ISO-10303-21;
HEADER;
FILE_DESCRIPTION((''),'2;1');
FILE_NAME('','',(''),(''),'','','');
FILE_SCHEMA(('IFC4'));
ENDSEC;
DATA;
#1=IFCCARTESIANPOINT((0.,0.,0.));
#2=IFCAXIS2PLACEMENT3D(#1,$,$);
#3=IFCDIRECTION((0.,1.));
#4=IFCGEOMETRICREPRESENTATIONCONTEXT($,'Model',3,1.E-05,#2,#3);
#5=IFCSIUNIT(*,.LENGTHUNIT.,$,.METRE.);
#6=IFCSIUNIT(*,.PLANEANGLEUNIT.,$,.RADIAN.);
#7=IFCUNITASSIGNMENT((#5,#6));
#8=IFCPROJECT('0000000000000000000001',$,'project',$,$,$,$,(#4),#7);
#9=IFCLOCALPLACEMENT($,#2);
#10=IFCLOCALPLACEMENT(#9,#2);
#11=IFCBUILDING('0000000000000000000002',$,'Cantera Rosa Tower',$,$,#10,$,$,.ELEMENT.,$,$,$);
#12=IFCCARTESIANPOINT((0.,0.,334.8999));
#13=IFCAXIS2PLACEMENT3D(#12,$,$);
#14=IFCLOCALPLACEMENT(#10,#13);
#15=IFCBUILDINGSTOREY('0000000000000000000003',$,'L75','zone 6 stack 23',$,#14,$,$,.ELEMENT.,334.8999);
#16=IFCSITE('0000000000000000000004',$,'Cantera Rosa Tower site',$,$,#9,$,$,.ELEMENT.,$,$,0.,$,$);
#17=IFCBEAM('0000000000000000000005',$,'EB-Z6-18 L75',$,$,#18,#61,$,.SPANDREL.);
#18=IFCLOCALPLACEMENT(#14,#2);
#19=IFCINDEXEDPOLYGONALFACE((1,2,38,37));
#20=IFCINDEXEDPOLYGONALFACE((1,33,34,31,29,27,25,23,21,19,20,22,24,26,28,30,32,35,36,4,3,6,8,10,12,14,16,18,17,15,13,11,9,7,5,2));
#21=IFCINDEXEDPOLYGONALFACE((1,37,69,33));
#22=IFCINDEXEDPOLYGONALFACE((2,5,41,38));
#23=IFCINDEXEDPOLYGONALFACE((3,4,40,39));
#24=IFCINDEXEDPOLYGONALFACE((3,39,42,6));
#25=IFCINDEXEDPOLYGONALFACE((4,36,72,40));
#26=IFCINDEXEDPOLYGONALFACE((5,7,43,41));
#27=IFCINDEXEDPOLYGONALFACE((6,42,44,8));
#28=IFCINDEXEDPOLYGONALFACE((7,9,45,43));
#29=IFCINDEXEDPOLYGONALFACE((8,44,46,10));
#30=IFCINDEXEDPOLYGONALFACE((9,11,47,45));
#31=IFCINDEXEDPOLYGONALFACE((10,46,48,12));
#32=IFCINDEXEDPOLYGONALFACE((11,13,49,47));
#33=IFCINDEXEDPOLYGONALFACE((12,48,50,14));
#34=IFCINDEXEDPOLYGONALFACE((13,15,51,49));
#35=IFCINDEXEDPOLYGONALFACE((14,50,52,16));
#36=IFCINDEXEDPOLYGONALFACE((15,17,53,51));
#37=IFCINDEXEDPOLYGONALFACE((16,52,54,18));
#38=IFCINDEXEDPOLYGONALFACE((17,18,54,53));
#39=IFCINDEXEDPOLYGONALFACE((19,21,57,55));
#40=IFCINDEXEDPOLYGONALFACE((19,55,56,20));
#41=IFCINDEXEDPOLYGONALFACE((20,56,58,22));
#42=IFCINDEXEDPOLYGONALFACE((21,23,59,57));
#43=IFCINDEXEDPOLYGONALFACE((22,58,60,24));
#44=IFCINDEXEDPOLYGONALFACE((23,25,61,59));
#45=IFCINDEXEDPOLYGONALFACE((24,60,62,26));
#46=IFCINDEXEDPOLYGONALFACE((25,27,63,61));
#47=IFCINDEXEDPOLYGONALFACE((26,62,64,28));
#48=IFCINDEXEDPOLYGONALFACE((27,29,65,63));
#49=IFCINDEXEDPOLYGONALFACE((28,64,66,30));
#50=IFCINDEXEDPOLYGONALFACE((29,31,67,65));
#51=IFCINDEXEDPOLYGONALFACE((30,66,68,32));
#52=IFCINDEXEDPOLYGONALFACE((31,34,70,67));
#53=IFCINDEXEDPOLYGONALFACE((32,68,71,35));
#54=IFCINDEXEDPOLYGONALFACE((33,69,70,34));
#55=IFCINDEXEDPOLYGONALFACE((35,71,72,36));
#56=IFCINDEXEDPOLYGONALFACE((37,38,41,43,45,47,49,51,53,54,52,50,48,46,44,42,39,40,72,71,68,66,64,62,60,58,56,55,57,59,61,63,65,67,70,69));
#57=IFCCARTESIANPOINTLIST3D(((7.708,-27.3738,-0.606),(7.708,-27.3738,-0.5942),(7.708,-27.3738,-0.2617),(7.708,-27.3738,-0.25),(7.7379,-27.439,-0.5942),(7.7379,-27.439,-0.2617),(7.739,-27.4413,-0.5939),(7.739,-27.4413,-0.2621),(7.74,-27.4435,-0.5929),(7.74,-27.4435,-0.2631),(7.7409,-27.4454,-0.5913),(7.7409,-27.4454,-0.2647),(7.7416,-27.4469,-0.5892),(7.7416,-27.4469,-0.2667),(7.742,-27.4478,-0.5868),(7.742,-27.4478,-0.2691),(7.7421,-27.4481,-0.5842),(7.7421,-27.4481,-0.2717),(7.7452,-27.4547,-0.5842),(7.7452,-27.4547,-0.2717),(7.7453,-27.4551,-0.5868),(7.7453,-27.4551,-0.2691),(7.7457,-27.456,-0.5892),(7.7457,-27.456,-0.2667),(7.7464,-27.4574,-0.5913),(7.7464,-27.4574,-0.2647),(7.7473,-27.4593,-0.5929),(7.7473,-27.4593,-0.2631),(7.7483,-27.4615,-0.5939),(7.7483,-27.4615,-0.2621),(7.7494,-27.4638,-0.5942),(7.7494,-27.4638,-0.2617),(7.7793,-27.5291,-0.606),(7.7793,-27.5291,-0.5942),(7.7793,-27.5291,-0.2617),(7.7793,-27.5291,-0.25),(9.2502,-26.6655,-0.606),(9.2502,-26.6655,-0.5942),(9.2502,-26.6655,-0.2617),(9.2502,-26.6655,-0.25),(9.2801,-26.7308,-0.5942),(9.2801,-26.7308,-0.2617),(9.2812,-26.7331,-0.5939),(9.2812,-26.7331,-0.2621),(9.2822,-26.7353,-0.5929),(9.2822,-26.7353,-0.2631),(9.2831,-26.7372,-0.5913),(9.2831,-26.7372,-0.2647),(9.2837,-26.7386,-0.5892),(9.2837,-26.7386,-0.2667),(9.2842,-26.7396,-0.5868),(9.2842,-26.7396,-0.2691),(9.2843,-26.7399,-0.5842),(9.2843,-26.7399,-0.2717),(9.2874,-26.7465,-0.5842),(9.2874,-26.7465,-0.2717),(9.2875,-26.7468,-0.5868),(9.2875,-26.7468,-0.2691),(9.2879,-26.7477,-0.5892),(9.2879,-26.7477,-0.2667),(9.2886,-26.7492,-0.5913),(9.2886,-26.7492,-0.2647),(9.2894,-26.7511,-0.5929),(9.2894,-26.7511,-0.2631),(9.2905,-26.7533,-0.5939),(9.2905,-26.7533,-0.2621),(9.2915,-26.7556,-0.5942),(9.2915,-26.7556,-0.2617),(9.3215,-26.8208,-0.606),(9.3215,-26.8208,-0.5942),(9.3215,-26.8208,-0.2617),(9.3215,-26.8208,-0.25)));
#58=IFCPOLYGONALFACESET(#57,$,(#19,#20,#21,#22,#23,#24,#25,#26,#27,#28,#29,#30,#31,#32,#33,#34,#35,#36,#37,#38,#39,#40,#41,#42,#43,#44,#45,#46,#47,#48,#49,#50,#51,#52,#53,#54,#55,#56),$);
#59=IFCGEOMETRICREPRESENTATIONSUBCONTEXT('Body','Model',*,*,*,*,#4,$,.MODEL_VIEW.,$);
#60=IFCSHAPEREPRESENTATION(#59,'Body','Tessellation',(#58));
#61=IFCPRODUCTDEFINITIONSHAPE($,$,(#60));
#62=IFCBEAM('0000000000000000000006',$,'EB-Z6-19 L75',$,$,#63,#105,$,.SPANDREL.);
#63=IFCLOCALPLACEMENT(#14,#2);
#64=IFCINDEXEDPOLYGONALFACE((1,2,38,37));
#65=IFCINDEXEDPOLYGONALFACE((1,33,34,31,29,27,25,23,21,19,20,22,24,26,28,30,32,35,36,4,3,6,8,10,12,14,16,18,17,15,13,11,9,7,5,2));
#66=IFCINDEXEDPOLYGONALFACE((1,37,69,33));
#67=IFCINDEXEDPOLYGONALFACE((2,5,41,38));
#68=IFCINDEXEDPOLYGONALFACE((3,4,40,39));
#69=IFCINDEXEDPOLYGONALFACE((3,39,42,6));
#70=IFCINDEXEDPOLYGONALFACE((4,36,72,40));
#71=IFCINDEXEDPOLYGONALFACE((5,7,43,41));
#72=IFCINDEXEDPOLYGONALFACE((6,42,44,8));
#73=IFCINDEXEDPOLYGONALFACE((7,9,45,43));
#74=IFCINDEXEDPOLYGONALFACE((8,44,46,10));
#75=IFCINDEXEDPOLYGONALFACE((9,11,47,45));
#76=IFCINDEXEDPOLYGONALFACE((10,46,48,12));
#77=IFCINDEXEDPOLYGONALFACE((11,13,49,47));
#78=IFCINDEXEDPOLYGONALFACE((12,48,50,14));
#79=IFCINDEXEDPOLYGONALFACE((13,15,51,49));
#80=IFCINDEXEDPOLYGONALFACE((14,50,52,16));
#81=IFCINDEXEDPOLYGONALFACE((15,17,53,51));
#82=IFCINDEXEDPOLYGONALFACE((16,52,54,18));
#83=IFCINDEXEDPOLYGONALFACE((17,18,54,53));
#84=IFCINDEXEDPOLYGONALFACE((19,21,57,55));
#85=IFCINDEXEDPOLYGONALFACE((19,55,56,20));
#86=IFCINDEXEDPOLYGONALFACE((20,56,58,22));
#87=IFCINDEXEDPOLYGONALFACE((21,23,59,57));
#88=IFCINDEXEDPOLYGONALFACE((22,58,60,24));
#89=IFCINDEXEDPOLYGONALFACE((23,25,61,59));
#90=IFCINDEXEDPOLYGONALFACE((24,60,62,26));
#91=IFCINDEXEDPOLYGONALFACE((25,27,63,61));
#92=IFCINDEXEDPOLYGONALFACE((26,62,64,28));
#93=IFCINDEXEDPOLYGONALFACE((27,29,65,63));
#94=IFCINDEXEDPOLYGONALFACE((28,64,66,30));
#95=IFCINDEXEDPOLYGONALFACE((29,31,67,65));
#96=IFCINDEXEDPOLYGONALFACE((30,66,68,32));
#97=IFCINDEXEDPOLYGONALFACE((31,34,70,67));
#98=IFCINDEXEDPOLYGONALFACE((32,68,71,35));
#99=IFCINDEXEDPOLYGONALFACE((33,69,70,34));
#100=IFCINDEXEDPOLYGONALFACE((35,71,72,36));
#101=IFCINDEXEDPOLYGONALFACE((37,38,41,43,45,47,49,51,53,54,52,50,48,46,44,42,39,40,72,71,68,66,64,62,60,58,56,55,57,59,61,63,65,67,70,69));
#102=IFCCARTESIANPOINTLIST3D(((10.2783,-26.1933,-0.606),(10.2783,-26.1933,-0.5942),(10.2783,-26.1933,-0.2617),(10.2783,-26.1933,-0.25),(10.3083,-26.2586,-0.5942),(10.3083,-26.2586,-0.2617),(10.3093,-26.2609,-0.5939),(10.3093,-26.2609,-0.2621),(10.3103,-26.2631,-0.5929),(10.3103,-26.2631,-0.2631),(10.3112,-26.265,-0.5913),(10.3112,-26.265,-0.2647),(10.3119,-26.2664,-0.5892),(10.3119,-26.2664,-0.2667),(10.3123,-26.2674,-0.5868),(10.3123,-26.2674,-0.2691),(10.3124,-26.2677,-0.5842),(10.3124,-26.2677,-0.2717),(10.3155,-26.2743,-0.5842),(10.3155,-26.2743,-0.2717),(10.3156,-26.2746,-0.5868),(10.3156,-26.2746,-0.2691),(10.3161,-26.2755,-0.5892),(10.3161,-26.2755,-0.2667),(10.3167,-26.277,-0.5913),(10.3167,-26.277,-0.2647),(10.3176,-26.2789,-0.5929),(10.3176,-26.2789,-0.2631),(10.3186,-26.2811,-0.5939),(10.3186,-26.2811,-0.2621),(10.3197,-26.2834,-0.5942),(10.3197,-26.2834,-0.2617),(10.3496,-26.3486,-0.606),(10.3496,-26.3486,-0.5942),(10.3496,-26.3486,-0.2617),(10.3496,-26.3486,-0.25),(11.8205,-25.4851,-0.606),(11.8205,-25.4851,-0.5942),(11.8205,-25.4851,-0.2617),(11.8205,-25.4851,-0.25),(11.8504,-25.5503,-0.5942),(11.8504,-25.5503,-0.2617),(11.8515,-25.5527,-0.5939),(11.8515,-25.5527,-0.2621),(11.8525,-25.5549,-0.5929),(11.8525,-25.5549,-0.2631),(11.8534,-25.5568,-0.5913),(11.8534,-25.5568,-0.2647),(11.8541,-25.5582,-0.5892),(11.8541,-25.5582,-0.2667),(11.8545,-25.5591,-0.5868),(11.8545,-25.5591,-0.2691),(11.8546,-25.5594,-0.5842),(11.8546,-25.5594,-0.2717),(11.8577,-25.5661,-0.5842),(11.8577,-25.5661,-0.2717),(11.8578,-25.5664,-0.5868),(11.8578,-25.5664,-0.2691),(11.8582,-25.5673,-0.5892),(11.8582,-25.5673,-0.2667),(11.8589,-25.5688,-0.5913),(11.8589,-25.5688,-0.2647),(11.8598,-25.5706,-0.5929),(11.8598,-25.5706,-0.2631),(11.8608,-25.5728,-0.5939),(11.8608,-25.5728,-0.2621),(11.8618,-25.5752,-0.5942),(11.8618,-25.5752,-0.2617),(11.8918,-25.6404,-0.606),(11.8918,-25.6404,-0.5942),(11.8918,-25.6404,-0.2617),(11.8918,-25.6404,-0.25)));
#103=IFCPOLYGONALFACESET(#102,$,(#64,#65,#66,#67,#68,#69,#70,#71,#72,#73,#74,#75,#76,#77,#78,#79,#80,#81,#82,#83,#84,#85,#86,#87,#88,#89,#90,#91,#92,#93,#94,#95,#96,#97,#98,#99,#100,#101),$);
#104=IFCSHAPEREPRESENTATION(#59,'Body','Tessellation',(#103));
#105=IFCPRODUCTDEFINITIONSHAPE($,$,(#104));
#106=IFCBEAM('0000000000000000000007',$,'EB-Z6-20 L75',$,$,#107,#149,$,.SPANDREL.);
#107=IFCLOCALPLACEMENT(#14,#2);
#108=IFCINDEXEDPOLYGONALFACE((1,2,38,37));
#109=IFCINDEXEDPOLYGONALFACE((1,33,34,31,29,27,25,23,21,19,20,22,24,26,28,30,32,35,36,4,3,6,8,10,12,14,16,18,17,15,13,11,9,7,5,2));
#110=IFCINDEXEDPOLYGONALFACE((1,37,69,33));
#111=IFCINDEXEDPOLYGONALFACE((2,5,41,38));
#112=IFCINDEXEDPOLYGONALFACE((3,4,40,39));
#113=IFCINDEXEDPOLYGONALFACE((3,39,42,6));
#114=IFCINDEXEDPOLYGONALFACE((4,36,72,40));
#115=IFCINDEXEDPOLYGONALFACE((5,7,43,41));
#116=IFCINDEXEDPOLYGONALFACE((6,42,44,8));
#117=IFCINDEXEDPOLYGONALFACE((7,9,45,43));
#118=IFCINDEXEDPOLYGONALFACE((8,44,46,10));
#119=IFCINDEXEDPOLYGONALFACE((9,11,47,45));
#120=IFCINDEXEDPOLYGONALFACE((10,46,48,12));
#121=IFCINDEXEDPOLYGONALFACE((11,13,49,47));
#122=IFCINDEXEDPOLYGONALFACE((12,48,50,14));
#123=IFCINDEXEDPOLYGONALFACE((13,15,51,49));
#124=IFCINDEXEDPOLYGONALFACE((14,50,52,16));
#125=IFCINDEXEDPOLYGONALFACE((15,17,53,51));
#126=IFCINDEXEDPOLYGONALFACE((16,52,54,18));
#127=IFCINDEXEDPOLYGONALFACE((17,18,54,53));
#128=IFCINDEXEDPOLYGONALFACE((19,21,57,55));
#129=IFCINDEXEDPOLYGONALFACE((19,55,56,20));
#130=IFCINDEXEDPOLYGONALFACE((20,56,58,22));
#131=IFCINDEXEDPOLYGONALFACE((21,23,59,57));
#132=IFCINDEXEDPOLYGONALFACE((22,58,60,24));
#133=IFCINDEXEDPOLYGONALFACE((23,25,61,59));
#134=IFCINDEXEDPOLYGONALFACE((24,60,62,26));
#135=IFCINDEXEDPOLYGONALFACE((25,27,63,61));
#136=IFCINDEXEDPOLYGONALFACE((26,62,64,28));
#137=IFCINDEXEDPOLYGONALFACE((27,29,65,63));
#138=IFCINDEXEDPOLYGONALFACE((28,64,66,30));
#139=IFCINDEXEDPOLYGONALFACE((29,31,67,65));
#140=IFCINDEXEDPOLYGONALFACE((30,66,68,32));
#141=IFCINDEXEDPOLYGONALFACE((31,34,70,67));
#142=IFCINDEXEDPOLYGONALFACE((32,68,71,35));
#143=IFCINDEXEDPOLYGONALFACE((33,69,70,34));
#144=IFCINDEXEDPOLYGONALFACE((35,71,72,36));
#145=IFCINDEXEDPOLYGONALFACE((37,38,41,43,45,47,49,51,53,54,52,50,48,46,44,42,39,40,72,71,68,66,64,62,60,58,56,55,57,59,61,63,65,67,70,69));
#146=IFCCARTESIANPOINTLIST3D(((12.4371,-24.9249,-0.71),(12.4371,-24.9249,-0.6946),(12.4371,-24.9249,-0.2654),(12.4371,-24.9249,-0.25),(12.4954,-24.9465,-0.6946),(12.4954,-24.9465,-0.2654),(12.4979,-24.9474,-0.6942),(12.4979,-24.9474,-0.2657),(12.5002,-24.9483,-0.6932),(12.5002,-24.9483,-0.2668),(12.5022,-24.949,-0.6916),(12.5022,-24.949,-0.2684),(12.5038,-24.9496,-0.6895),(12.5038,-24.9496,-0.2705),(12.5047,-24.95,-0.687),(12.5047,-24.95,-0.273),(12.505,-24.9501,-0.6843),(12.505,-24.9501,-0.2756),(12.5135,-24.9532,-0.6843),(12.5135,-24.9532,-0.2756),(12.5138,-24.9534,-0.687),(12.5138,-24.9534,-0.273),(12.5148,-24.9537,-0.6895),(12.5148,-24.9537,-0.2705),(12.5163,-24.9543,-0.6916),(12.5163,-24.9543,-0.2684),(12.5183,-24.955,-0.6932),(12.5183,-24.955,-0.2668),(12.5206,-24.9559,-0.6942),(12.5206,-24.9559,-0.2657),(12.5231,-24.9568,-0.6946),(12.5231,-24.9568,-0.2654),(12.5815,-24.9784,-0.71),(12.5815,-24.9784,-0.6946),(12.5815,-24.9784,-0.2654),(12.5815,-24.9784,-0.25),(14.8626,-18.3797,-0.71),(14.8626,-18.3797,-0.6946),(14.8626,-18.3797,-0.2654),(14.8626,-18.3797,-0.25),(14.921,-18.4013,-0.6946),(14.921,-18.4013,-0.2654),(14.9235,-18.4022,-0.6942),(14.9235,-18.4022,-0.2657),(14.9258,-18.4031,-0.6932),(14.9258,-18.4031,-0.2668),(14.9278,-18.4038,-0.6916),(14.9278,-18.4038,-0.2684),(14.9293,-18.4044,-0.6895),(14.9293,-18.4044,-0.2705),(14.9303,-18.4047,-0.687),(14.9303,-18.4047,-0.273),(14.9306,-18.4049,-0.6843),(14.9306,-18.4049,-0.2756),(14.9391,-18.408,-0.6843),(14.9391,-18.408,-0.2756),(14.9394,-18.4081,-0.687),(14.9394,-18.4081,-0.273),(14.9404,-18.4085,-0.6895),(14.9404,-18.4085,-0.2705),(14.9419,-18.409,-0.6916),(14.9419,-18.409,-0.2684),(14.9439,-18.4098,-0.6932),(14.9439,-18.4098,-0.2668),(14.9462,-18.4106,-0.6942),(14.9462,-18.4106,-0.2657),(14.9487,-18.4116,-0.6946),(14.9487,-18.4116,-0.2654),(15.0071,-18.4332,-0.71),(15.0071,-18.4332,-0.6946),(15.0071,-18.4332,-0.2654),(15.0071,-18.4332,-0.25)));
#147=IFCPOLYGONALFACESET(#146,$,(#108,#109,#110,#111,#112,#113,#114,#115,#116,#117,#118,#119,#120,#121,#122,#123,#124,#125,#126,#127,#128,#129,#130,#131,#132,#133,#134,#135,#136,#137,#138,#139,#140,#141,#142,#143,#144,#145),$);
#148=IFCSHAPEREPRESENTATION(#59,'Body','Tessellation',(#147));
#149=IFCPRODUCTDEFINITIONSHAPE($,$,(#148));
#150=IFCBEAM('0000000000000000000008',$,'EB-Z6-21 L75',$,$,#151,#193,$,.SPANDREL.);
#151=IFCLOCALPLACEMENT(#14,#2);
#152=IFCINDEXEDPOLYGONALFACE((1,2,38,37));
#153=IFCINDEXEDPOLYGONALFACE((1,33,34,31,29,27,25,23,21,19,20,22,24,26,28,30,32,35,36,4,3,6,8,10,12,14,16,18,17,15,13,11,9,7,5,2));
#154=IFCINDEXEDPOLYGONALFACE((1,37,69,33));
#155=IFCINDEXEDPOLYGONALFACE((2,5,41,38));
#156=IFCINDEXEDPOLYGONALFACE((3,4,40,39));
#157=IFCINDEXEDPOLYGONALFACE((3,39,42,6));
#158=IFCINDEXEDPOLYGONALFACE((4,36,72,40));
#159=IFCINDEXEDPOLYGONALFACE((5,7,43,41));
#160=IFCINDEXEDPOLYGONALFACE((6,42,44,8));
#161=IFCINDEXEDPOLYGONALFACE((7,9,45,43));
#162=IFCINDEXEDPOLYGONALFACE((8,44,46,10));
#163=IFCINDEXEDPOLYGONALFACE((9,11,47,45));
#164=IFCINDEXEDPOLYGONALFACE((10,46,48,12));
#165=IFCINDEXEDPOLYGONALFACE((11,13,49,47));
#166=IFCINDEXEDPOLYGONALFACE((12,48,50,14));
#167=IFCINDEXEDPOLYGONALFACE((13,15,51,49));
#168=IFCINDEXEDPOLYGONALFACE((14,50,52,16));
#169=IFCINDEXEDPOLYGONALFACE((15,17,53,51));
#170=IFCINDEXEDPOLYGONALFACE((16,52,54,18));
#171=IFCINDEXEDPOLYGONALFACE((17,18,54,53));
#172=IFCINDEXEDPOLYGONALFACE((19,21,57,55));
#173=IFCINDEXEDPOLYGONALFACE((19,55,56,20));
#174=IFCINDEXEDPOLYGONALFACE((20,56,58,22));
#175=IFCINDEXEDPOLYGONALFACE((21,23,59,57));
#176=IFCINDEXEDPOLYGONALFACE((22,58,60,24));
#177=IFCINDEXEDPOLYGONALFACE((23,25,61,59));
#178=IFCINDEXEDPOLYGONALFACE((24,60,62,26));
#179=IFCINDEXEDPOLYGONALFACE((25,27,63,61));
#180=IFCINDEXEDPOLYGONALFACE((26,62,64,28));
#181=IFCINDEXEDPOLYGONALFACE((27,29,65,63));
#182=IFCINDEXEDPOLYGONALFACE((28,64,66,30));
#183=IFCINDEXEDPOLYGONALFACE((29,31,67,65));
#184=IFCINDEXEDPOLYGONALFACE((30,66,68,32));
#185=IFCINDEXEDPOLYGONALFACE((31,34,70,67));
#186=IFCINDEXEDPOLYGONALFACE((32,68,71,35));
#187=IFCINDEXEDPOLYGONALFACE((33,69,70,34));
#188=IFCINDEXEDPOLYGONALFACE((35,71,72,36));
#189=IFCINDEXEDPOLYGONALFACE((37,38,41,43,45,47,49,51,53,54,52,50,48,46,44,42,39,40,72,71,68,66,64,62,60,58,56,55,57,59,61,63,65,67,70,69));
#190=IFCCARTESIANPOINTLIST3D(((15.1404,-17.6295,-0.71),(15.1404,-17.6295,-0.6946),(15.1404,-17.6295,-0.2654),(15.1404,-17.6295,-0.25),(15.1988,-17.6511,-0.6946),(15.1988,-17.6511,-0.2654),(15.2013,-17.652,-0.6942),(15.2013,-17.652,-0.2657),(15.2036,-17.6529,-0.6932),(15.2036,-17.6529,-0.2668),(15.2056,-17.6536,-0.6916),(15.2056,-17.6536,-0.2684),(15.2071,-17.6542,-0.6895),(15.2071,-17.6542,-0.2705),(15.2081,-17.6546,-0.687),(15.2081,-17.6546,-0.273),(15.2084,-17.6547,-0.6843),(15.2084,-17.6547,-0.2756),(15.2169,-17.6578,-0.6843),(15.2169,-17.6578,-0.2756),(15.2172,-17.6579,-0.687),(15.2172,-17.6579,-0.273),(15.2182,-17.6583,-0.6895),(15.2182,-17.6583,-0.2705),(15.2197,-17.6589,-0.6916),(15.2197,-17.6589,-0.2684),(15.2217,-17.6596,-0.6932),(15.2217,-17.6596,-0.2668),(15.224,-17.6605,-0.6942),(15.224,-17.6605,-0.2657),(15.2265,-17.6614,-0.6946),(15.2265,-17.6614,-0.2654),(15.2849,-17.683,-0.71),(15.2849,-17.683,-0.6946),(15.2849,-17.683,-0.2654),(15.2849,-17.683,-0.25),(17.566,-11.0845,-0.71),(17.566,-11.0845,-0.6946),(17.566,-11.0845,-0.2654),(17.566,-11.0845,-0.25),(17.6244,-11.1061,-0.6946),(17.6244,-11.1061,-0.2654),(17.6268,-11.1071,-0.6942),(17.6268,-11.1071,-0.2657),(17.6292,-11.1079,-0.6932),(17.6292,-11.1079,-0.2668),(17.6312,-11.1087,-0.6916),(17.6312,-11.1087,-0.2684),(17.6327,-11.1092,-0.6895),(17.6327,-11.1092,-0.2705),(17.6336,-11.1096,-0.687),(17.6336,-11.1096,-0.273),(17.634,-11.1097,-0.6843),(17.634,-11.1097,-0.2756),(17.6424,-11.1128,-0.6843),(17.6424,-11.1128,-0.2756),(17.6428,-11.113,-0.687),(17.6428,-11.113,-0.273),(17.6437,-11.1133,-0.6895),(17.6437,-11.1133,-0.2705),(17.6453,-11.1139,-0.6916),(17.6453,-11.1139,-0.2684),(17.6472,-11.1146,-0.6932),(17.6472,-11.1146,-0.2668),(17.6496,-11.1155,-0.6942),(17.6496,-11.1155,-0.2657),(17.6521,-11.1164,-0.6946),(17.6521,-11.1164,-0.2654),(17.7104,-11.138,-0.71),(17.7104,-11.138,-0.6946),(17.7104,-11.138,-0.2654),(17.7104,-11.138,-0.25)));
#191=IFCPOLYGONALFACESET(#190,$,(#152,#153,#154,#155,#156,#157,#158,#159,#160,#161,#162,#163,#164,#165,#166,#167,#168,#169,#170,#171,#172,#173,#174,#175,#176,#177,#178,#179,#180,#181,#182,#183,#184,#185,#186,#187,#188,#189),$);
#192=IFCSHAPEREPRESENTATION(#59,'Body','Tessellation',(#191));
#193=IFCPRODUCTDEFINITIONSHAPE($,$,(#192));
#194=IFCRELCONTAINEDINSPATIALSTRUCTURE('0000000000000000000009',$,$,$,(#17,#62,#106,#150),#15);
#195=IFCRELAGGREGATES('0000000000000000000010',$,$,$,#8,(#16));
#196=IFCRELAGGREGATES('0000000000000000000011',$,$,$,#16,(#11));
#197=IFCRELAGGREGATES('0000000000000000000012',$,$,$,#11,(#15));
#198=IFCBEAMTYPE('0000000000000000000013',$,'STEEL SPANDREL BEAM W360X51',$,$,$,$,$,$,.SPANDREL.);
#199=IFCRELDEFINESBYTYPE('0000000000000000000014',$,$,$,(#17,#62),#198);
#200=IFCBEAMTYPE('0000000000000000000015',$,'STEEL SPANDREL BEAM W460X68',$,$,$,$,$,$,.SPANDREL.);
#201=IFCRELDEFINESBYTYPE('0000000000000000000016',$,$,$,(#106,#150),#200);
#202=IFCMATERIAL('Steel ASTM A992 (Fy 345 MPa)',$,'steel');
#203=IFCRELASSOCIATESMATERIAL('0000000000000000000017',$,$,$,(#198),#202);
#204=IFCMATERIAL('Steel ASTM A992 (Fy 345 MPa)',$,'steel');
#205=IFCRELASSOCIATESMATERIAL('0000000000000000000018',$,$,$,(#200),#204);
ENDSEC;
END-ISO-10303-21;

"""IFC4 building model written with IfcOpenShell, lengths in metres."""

from ifc_helpers import new_model, si_unit, direction, frame, origin, origin_2d, place, context, subcontext, project, spatial, i_section, extrude, material, material_profile, profile_set, type_object, element, save


model = new_model("IFC4")

# Units and contexts
model_context = context("Model", 3, precision=1e-05, world=origin(), true_north=direction((0.0, 1.0)))
body_context = subcontext(model_context, "Body", "Model", "MODEL_VIEW")
ifc_project = project(units=[si_unit("LENGTHUNIT", "METRE"), si_unit("PLANEANGLEUNIT", "RADIAN")], contexts=[model_context])

# Site, building, storey
site_placement = place(None, origin())
site = spatial("IfcSite", under=ifc_project, at=site_placement, Name="Cantera Rosa Tower site", CompositionType="ELEMENT", RefElevation=0.0)
building_placement = place(site_placement, origin())
building = spatial("IfcBuilding", under=site, at=building_placement, Name="Cantera Rosa Tower", CompositionType="ELEMENT")
storey_placement = place(building_placement, frame((0.0, 0.0, 334.8999)))
storey = spatial("IfcBuildingStorey", under=building, at=storey_placement, Name="L75", Description="zone 6 stack 23", CompositionType="ELEMENT", Elevation=334.8999)

# Beams
ifc_material_1 = material(Name="Steel ASTM A992 (Fy 345 MPa)", Category="steel")
ifc_material_profile_1 = material_profile(ifc_material_1, i_section(OverallWidth=0.1709, OverallDepth=0.356, WebThickness=0.0073, FlangeThickness=0.0117, FilletRadius=0.01, at=origin_2d()), Name="W360X51")
ifc_profile_set_1 = profile_set([ifc_material_profile_1], Name="Steel ASTM A992 (Fy 345 MPa)")
beam_type_1 = type_object("IfcBeamType", Name="STEEL SPANDREL BEAM W360X51", PredefinedType="SPANDREL", material=ifc_profile_set_1)
for number, where, z_axis, x_axis, name in (
    (1, (7.7437, -27.4514, -0.428), (0.908754, 0.417333, 0.0), (-0.417333, 0.908754, 0.0), "EB-Z6-18 L75"),
    (2, (10.314, -26.271, -0.428), (0.908754, 0.417333, 0.0), (-0.417333, 0.908754, 0.0), "EB-Z6-19 L75"),
):
    element("IfcBeam", number, at=place(storey_placement, frame(where, z_axis=z_axis, x_axis=x_axis)), inside=storey, type_object=beam_type_1, Name=name, PredefinedType="SPANDREL", context=body_context, shape_type="SweptSolid", body=[
        extrude(i_section(OverallWidth=0.1709, OverallDepth=0.356, WebThickness=0.0073, FlangeThickness=0.0117, FilletRadius=0.01, at=origin_2d()), origin(), (0.0, 0.0, 1.0), 1.697),
    ])
ifc_material_2 = material(Name="Steel ASTM A992 (Fy 345 MPa)", Category="steel")
ifc_material_profile_2 = material_profile(ifc_material_2, i_section(OverallWidth=0.1541, OverallDepth=0.46, WebThickness=0.009, FlangeThickness=0.0154, FilletRadius=0.0103, at=origin_2d()), Name="W460X68")
ifc_profile_set_2 = profile_set([ifc_material_profile_2], Name="Steel ASTM A992 (Fy 345 MPa)")
beam_type_2 = type_object("IfcBeamType", Name="STEEL SPANDREL BEAM W460X68", PredefinedType="SPANDREL", material=ifc_profile_set_2)
beam_1_placement = place(storey_placement, frame((12.5093, -24.9517, -0.48), z_axis=(0.347491, 0.937683, 0.0), x_axis=(-0.937683, 0.347491, 0.0)))
element("IfcBeam", 3, at=beam_1_placement, inside=storey, type_object=beam_type_2, Name="EB-Z6-20 L75", PredefinedType="SPANDREL", context=body_context, shape_type="SweptSolid", body=[
    extrude(i_section(OverallWidth=0.1541, OverallDepth=0.46, WebThickness=0.009, FlangeThickness=0.0154, FilletRadius=0.0103, at=origin_2d()), origin(), (0.0, 0.0, 1.0), 6.9802),
])
beam_2_placement = place(storey_placement, frame((15.2126, -17.6562, -0.48), z_axis=(0.347502, 0.937679, 0.0), x_axis=(-0.937679, 0.347502, 0.0)))
element("IfcBeam", 4, at=beam_2_placement, inside=storey, type_object=beam_type_2, Name="EB-Z6-21 L75", PredefinedType="SPANDREL", context=body_context, shape_type="SweptSolid", body=[
    extrude(i_section(OverallWidth=0.1541, OverallDepth=0.46, WebThickness=0.009, FlangeThickness=0.0154, FilletRadius=0.0103, at=origin_2d()), origin(), (0.0, 0.0, 1.0), 6.98),
])

save(model, "model.ifc")
